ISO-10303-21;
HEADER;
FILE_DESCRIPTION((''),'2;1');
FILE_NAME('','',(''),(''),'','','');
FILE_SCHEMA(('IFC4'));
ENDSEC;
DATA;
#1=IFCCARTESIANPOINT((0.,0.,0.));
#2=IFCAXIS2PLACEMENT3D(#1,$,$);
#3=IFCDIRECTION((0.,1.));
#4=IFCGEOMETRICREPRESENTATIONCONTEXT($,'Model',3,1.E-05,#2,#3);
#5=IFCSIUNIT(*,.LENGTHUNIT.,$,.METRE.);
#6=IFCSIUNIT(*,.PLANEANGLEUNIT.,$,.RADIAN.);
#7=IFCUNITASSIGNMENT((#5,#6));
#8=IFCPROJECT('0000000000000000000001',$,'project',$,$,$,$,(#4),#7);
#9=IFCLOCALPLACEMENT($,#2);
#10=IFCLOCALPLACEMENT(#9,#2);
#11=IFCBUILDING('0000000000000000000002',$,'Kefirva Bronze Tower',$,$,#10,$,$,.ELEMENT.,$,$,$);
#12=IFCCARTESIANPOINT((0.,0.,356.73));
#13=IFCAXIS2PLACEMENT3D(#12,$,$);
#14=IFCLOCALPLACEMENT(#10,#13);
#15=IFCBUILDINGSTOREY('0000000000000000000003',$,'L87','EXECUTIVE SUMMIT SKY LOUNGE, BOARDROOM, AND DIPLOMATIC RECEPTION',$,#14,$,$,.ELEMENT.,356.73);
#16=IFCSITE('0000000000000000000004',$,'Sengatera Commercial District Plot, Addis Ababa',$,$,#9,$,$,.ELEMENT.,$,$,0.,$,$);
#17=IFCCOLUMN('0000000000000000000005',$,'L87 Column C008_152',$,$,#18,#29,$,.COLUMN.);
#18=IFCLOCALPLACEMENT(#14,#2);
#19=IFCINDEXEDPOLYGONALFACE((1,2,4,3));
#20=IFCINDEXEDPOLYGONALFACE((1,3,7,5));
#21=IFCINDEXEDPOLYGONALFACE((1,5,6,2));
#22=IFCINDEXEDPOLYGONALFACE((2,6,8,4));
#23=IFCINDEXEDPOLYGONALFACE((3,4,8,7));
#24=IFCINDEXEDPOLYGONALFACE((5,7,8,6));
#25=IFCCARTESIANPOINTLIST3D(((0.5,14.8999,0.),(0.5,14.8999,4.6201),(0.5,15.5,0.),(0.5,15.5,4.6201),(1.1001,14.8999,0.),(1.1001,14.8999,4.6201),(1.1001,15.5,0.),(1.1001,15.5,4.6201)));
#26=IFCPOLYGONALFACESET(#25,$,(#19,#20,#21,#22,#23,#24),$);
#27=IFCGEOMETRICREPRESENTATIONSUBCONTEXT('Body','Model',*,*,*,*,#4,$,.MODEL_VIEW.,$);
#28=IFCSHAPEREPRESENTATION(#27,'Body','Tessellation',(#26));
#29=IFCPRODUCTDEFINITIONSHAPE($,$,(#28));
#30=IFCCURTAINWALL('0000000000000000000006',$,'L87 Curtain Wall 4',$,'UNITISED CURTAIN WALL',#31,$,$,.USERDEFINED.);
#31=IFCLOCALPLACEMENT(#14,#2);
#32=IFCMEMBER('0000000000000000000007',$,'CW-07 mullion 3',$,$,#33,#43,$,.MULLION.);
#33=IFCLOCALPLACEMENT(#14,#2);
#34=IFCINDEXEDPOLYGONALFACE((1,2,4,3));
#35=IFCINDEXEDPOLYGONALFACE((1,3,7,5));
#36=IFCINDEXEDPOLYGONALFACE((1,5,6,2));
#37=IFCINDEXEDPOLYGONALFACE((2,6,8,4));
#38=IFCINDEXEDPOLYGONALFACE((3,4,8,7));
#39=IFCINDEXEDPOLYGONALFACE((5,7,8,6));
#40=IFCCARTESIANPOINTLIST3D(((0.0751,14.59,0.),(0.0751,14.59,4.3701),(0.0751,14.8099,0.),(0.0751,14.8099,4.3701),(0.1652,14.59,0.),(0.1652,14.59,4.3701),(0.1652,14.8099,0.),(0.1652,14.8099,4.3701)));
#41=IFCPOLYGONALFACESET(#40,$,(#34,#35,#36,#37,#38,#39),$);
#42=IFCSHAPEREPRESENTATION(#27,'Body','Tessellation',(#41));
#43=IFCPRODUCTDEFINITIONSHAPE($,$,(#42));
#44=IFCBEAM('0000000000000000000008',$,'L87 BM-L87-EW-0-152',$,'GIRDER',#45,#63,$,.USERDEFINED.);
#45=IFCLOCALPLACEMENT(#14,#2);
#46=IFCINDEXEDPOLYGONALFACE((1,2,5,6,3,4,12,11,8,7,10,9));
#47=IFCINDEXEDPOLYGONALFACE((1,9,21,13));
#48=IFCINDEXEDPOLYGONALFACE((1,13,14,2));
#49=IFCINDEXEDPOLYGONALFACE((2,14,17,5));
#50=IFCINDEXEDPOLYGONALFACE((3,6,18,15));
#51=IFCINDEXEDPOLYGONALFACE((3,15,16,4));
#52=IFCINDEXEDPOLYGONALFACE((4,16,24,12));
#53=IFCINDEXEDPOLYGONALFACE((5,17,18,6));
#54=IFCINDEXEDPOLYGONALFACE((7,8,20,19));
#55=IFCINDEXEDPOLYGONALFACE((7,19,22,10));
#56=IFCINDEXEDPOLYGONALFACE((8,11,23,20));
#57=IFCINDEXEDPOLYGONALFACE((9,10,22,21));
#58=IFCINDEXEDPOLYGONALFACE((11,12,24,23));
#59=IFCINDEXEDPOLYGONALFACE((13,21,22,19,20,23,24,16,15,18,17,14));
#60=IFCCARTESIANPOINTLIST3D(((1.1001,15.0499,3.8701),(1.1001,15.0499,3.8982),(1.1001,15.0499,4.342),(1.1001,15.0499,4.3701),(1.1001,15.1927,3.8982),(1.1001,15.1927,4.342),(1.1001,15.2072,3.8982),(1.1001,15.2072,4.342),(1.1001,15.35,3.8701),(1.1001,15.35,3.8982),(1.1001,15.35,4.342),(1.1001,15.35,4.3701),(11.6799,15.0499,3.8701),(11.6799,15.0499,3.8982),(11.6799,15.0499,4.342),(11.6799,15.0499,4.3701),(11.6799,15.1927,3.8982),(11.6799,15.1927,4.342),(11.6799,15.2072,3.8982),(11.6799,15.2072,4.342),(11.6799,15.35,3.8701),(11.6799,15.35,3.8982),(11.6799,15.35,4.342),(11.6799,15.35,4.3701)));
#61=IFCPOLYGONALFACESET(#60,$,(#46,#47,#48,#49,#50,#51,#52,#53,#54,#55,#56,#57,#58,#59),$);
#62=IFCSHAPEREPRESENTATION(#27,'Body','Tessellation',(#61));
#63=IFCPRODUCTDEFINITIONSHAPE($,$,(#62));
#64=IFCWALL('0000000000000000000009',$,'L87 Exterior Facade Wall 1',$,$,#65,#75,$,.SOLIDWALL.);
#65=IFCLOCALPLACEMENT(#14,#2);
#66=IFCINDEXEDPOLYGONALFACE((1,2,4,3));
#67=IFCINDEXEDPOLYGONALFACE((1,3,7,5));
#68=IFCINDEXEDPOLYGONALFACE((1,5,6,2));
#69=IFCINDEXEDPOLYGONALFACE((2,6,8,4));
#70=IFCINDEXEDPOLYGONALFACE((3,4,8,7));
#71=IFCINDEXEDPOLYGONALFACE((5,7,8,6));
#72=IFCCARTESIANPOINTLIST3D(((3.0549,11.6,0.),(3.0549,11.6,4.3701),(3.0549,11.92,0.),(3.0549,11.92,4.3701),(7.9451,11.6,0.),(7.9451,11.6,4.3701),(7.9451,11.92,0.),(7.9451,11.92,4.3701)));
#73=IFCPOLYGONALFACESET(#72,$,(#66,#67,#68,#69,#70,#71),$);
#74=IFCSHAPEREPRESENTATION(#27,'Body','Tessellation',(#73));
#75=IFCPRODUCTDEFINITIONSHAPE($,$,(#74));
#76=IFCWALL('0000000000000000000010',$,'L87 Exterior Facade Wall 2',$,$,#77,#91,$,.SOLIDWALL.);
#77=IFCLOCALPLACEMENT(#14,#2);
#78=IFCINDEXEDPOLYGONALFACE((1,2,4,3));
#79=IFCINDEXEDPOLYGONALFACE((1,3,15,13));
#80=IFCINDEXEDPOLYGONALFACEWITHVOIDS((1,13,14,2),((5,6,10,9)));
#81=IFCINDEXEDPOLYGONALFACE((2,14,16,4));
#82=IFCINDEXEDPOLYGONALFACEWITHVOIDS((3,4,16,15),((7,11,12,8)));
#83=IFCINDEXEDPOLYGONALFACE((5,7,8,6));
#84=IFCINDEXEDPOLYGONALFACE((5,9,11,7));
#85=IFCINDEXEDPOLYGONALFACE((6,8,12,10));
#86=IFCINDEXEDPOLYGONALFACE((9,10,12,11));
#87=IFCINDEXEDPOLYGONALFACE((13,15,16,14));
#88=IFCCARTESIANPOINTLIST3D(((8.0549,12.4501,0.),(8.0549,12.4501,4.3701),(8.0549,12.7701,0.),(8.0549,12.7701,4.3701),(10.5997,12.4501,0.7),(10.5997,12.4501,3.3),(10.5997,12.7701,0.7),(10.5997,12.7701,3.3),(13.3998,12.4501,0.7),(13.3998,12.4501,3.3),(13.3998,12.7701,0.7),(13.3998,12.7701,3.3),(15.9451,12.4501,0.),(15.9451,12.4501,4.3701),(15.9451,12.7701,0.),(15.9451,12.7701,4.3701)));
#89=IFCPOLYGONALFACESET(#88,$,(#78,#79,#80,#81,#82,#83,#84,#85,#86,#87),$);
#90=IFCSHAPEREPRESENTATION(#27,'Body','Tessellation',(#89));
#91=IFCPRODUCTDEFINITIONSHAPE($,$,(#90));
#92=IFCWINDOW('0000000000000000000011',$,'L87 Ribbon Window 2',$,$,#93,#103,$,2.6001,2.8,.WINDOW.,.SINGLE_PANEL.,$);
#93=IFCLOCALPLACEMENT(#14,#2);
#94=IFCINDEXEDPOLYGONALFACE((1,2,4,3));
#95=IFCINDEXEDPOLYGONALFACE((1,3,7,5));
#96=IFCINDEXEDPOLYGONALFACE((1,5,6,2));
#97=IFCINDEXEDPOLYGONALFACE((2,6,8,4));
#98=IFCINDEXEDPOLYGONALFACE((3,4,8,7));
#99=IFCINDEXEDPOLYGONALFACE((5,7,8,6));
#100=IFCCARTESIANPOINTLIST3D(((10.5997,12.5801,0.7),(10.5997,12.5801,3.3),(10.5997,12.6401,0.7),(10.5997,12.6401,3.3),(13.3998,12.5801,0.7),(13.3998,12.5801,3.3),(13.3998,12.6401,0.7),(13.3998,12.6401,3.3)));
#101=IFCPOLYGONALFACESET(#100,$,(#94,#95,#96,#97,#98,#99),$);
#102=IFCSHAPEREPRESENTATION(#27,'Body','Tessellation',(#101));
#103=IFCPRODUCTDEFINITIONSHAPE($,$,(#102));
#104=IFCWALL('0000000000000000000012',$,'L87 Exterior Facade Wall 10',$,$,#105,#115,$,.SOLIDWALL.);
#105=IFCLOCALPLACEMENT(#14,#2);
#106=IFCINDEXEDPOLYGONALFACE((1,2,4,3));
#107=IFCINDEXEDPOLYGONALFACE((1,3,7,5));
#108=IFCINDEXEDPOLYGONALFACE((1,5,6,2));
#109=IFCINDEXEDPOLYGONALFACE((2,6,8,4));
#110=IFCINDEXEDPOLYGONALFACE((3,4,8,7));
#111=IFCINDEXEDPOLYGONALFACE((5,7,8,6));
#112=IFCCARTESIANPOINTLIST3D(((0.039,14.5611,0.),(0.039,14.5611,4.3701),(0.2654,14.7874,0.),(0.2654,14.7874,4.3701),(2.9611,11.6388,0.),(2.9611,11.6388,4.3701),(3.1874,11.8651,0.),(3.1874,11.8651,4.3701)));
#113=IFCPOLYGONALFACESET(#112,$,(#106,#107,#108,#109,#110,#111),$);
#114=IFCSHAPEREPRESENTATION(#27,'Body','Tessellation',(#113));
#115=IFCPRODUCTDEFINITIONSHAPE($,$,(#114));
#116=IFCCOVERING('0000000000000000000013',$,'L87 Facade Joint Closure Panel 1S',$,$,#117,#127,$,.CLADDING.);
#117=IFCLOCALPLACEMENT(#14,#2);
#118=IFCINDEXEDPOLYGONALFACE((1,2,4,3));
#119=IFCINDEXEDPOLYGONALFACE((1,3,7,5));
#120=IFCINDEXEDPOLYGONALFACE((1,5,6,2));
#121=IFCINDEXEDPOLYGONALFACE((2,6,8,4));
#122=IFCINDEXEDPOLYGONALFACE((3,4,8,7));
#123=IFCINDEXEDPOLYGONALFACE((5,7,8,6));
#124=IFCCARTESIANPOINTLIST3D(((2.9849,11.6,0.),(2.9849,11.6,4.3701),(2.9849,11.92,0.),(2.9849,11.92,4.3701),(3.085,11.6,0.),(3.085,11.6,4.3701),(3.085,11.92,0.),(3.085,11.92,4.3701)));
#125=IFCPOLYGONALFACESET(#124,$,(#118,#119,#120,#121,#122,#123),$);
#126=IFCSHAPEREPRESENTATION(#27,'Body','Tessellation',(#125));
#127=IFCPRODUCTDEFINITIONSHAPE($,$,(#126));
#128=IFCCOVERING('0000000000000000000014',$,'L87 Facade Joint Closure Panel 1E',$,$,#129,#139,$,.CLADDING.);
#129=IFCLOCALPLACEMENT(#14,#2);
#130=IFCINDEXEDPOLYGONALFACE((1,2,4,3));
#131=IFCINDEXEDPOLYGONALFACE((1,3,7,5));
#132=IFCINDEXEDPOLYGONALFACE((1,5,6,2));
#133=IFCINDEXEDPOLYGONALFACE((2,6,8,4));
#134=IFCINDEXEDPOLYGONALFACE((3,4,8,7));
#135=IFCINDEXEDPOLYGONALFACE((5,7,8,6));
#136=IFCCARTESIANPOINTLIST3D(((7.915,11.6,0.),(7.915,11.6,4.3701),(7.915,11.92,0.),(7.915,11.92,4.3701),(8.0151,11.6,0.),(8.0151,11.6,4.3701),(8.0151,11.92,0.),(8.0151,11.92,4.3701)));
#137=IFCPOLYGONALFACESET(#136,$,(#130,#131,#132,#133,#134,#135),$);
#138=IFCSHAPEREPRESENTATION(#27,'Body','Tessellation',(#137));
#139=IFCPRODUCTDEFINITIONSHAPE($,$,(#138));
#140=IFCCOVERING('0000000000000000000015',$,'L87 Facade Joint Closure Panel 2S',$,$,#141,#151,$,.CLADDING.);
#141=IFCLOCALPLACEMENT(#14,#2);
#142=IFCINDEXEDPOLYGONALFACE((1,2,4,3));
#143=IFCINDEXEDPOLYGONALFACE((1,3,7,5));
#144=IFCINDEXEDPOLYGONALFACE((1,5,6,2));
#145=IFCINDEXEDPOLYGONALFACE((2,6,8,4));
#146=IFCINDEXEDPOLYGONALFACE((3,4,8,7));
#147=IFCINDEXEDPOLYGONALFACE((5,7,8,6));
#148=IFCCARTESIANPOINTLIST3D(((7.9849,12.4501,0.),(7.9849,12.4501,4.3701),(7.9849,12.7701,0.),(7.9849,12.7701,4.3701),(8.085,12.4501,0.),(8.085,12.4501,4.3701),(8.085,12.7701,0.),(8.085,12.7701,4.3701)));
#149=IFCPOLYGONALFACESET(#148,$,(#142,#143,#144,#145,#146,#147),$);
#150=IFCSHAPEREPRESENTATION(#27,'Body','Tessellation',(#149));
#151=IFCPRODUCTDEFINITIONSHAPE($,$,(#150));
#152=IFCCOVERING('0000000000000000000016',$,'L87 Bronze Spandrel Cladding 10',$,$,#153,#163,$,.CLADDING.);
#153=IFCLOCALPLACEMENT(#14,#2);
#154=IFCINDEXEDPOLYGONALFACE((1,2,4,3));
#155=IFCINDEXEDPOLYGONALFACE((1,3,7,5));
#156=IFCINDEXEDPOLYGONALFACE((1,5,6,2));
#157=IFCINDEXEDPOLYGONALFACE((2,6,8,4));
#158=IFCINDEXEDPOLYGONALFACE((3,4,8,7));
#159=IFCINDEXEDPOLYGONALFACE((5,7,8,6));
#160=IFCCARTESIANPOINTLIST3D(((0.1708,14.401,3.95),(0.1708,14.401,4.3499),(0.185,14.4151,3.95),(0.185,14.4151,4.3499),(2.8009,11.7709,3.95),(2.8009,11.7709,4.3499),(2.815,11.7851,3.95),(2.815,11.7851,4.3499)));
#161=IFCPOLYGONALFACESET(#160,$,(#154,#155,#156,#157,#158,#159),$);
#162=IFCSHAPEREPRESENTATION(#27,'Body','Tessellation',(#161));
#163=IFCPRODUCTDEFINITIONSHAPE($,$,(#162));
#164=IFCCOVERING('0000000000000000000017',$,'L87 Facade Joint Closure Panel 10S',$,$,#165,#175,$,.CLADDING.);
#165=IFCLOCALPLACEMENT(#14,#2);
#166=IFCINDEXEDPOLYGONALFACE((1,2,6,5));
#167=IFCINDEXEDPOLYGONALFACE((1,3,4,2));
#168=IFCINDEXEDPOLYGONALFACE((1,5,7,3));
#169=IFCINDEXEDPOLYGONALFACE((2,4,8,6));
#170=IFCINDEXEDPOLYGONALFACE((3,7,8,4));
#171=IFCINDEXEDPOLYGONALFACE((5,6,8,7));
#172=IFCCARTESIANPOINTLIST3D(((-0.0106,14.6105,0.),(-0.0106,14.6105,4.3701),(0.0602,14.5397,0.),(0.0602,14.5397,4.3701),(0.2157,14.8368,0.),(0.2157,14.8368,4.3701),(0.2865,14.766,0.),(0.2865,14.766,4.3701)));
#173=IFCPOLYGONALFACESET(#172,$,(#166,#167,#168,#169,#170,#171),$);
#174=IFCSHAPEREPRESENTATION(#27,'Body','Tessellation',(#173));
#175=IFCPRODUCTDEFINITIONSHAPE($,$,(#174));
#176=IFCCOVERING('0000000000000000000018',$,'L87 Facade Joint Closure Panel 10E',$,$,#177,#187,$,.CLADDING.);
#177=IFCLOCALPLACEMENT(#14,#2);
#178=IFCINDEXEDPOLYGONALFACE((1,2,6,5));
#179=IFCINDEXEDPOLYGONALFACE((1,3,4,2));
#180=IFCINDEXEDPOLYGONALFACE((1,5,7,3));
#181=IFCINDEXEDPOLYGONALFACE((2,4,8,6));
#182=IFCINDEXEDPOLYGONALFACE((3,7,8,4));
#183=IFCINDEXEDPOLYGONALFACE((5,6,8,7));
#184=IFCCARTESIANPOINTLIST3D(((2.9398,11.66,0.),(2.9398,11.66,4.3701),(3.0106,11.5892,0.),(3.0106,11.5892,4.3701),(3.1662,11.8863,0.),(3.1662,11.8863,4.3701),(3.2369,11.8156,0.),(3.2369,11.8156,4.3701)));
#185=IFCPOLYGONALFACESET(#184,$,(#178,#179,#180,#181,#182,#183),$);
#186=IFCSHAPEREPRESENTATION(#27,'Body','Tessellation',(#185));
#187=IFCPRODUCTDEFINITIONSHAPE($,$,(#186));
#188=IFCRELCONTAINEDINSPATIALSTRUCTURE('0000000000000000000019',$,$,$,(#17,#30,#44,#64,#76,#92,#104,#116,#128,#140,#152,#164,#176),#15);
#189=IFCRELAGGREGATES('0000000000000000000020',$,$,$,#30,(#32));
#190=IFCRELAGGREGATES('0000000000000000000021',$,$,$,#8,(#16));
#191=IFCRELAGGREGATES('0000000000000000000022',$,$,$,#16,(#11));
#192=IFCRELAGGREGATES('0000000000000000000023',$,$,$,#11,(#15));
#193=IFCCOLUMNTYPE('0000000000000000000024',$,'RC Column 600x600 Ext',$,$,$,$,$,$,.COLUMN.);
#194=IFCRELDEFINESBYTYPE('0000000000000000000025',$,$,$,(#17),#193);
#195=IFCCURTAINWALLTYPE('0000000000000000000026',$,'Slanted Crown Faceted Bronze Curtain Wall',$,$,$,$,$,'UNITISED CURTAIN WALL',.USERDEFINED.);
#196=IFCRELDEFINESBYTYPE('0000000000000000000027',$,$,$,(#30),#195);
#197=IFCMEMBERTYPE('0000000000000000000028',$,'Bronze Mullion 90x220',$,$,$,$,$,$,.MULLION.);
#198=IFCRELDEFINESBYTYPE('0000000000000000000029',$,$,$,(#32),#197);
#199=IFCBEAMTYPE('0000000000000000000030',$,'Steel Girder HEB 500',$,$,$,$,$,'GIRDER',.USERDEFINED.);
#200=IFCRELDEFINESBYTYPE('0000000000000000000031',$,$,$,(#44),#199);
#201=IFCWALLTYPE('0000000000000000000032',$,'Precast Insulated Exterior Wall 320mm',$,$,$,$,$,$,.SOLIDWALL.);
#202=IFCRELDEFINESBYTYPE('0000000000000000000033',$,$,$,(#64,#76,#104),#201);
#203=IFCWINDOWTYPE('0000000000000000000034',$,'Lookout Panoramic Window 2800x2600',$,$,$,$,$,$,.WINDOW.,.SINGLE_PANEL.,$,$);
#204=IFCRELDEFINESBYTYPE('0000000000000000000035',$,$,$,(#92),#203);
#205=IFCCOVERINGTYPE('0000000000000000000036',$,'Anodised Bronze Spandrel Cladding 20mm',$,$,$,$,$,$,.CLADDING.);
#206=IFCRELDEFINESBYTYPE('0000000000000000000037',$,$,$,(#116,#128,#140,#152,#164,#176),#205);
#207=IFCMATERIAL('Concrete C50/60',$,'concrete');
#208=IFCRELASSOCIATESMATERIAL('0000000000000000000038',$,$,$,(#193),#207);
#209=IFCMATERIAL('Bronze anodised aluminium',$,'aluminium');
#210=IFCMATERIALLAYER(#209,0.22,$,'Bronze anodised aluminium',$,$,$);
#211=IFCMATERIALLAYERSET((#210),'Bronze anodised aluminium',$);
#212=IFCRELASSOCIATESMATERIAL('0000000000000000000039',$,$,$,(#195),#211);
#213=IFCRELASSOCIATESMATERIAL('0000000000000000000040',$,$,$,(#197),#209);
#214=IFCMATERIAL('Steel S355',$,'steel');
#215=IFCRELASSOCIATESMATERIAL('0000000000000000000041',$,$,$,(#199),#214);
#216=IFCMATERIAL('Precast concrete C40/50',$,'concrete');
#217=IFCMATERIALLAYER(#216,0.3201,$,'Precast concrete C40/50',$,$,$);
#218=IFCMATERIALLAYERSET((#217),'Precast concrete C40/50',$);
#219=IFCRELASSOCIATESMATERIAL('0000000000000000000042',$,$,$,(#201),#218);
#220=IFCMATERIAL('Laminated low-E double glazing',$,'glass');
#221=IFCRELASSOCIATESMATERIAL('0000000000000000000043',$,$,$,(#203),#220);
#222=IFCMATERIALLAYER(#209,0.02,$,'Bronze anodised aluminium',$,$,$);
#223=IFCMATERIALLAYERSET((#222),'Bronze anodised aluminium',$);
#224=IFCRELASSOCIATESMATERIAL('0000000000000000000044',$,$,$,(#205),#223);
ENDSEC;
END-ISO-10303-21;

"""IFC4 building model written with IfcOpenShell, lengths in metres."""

from ifc_helpers import new_model, si_unit, direction, frame, frame_2d, origin, origin_2d, place, context, subcontext, project, spatial, rectangle, i_section, extrude, material, layer, layer_set, material_profile, profile_set, type_object, element, fill, aggregate, save


model = new_model("IFC4")

# Units and contexts
model_context = context("Model", 3, precision=1e-05, world=origin(), true_north=direction((0.0, 1.0)))
body_context = subcontext(model_context, "Body", "Model", "MODEL_VIEW")
ifc_project = project(units=[si_unit("LENGTHUNIT", "METRE"), si_unit("PLANEANGLEUNIT", "RADIAN")], contexts=[model_context])

# Site, building, storey
site_placement = place(None, origin())
site = spatial("IfcSite", under=ifc_project, at=site_placement, Name="Sengatera Commercial District Plot, Addis Ababa", CompositionType="ELEMENT", RefElevation=0.0)
building_placement = place(site_placement, origin())
building = spatial("IfcBuilding", under=site, at=building_placement, Name="Kefirva Bronze Tower", CompositionType="ELEMENT")
storey_placement = place(building_placement, frame((0.0, 0.0, 356.73)))
storey = spatial("IfcBuildingStorey", under=building, at=storey_placement, Name="L87", Description="EXECUTIVE SUMMIT SKY LOUNGE, BOARDROOM, AND DIPLOMATIC RECEPTION", CompositionType="ELEMENT", Elevation=356.73)

# Column
ifc_material_1 = material(Name="Concrete C50/60", Category="concrete")
ifc_material_profile_1 = material_profile(ifc_material_1, rectangle(XDim=0.6001, YDim=0.6001, at=origin_2d()), Name="RC 600x600")
ifc_profile_set_1 = profile_set([ifc_material_profile_1], Name="Concrete C50/60")
column_type = type_object("IfcColumnType", Name="RC Column 600x600 Ext", PredefinedType="COLUMN", material=ifc_profile_set_1)
column_placement = place(storey_placement, frame((0.8, 15.2, 0.0), z_axis=(0.0, 0.0, 1.0), x_axis=(1.0, 0.0, 0.0)))
element("IfcColumn", 1, at=column_placement, inside=storey, type_object=column_type, Name="L87 Column C008_152", PredefinedType="COLUMN", context=body_context, shape_type="SweptSolid", body=[
    extrude(rectangle(XDim=0.6001, YDim=0.6001, at=origin_2d()), origin(), (0.0, 0.0, 1.0), 4.6201),
])

# Curtain wall, member
ifc_material_2 = material(Name="Bronze anodised aluminium", Category="aluminium")
ifc_layer_1 = layer(ifc_material_2, 0.22, Name="Bronze anodised aluminium")
ifc_layer_set_1 = layer_set([ifc_layer_1], Name="Bronze anodised aluminium")
curtain_wall_type = type_object("IfcCurtainWallType", Name="Slanted Crown Faceted Bronze Curtain Wall", ElementType="UNITISED CURTAIN WALL", PredefinedType="USERDEFINED", material=ifc_layer_set_1)
curtain_wall_placement = place(storey_placement, origin())
curtain_wall = element("IfcCurtainWall", 2, at=curtain_wall_placement, inside=storey, type_object=curtain_wall_type, Name="L87 Curtain Wall 4", ObjectType="UNITISED CURTAIN WALL", PredefinedType="USERDEFINED")
ifc_material_profile_2 = material_profile(ifc_material_2, rectangle(XDim=0.0901, YDim=0.22, at=origin_2d()), Name="ALU 90x220")
ifc_profile_set_2 = profile_set([ifc_material_profile_2], Name="Bronze anodised aluminium")
member_type = type_object("IfcMemberType", Name="Bronze Mullion 90x220", PredefinedType="MULLION", material=ifc_profile_set_2)
member_placement = place(storey_placement, frame((0.1201, 14.7, 0.0), z_axis=(0.0, 0.0, 1.0), x_axis=(1.0, 0.0, 0.0)))
member = element("IfcMember", 3, at=member_placement, type_object=member_type, Name="CW-07 mullion 3", PredefinedType="MULLION", context=body_context, shape_type="SweptSolid", body=[
    extrude(rectangle(XDim=0.0901, YDim=0.22, at=origin_2d()), origin(), (0.0, 0.0, 1.0), 4.3701),
])
aggregate(curtain_wall, [member])

# Beam
ifc_material_3 = material(Name="Steel S355", Category="steel")
ifc_material_profile_3 = material_profile(ifc_material_3, i_section(OverallWidth=0.3, OverallDepth=0.5, WebThickness=0.0144, FlangeThickness=0.0281, at=origin_2d()), Name="HEB 500")
ifc_profile_set_3 = profile_set([ifc_material_profile_3], Name="Steel S355")
beam_type = type_object("IfcBeamType", Name="Steel Girder HEB 500", ElementType="GIRDER", PredefinedType="USERDEFINED", material=ifc_profile_set_3)
beam_placement = place(storey_placement, frame((1.1001, 15.2, 4.1201), z_axis=(1.0, 0.0, 0.0), x_axis=(0.0, 1.0, 0.0)))
element("IfcBeam", 4, at=beam_placement, inside=storey, type_object=beam_type, Name="L87 BM-L87-EW-0-152", ObjectType="GIRDER", PredefinedType="USERDEFINED", context=body_context, shape_type="SweptSolid", body=[
    extrude(i_section(OverallWidth=0.3, OverallDepth=0.5, WebThickness=0.0144, FlangeThickness=0.0281, at=origin_2d()), origin(), (0.0, 0.0, 1.0), 10.5798),
])

# Wall
ifc_material_4 = material(Name="Precast concrete C40/50", Category="concrete")
ifc_layer_2 = layer(ifc_material_4, 0.3201, Name="Precast concrete C40/50")
ifc_layer_set_2 = layer_set([ifc_layer_2], Name="Precast concrete C40/50")
wall_type = type_object("IfcWallType", Name="Precast Insulated Exterior Wall 320mm", PredefinedType="SOLIDWALL", material=ifc_layer_set_2)
wall_1_placement = place(storey_placement, frame((3.0549, 11.76, 0.0), z_axis=(0.0, 0.0, 1.0), x_axis=(1.0, 0.0, 0.0)))
element("IfcWall", 5, at=wall_1_placement, inside=storey, type_object=wall_type, Name="L87 Exterior Facade Wall 1", PredefinedType="SOLIDWALL", context=body_context, shape_type="SweptSolid", body=[
    extrude(rectangle(XDim=4.8901, YDim=0.3201, at=frame_2d((2.4451, 0.0))), origin(), (0.0, 0.0, 1.0), 4.3701),
])

# Wall, opening, window
wall_2_placement = place(storey_placement, frame((8.0549, 12.6101, 0.0), z_axis=(0.0, 0.0, 1.0), x_axis=(1.0, 0.0, 0.0)))
wall_2 = element("IfcWall", 6, at=wall_2_placement, inside=storey, type_object=wall_type, Name="L87 Exterior Facade Wall 2", PredefinedType="SOLIDWALL", context=body_context, shape_type="SweptSolid", body=[
    extrude(rectangle(XDim=7.8901, YDim=0.3201, at=frame_2d((3.9451, 0.0))), origin(), (0.0, 0.0, 1.0), 4.3701),
])
opening_placement = place(wall_2_placement, frame((2.5449, 0.0, 0.7)))
opening = element("IfcOpeningElement", 7, at=opening_placement, cuts=wall_2, PredefinedType="OPENING", context=body_context, shape_type="SweptSolid", body=[
    extrude(rectangle(XDim=2.8, YDim=2.6001, at=frame_2d((1.3999, 1.3))), frame((0.0, 0.1699, 0.0), z_axis=(0.0, -1.0, 0.0), x_axis=(1.0, 0.0, 0.0)), (0.0, 0.0, 1.0), 0.3401),
])
ifc_material_5 = material(Name="Laminated low-E double glazing", Category="glass")
window_type = type_object("IfcWindowType", Name="Lookout Panoramic Window 2800x2600", PartitioningType="SINGLE_PANEL", PredefinedType="WINDOW", material=ifc_material_5)
window_placement = place(opening_placement, origin())
window = element("IfcWindow", 8, at=window_placement, inside=storey, type_object=window_type, Name="L87 Ribbon Window 2", OverallHeight=2.6001, OverallWidth=2.8, PartitioningType="SINGLE_PANEL", PredefinedType="WINDOW", context=body_context, shape_type="SweptSolid", body=[
    extrude(rectangle(XDim=2.8, YDim=2.6001, at=frame_2d((1.3999, 1.3))), frame((0.0, 0.03, 0.0), z_axis=(0.0, -1.0, 0.0), x_axis=(1.0, 0.0, 0.0)), (0.0, 0.0, 1.0), 0.0601),
])
fill(opening, window)

# Wall
wall_3_placement = place(storey_placement, frame((0.1521, 14.6743, 0.0), z_axis=(0.0, 0.0, 1.0), x_axis=(0.707077, -0.707136, 0.0)))
element("IfcWall", 9, at=wall_3_placement, inside=storey, type_object=wall_type, Name="L87 Exterior Facade Wall 10", PredefinedType="SOLIDWALL", context=body_context, shape_type="SweptSolid", body=[
    extrude(rectangle(XDim=4.1326, YDim=0.3201, at=frame_2d((2.0664, 0.0))), origin(), (0.0, 0.0, 1.0), 4.3701),
])

# Coverings
ifc_layer_3 = layer(ifc_material_2, 0.02, Name="Bronze anodised aluminium")
ifc_layer_set_3 = layer_set([ifc_layer_3], Name="Bronze anodised aluminium")
covering_type_1 = type_object("IfcCoveringType", Name="Anodised Bronze Spandrel Cladding 20mm", PredefinedType="CLADDING", material=ifc_layer_set_3)
for number, where, z_axis, x_axis, name in (
    (10, (3.0349, 11.76, 0.0), (0.0, 0.0, 1.0), (1.0, 0.0, 0.0), "L87 Facade Joint Closure Panel 1S"),
    (11, (7.9651, 11.76, 0.0), (0.0, 0.0, 1.0), (1.0, 0.0, 0.0), "L87 Facade Joint Closure Panel 1E"),
    (12, (8.0349, 12.6101, 0.0), (0.0, 0.0, 1.0), (1.0, 0.0, 0.0), "L87 Facade Joint Closure Panel 2S"),
):
    element("IfcCovering", number, at=place(storey_placement, frame(where, z_axis=z_axis, x_axis=x_axis)), inside=storey, type_object=covering_type_1, Name=name, PredefinedType="CLADDING", context=body_context, shape_type="SweptSolid", body=[
        extrude(rectangle(XDim=0.1001, YDim=0.3201, at=origin_2d()), origin(), (0.0, 0.0, 1.0), 4.3701),
    ])
covering_1_placement = place(storey_placement, frame((1.4929, 13.093, 3.95), z_axis=(0.0, 0.0, 1.0), x_axis=(0.707107, -0.707107, 0.0)))
element("IfcCovering", 13, at=covering_1_placement, inside=storey, type_object=covering_type_1, Name="L87 Bronze Spandrel Cladding 10", PredefinedType="CLADDING", context=body_context, shape_type="SweptSolid", body=[
    extrude(rectangle(XDim=3.7195, YDim=0.02, at=origin_2d()), origin(), (0.0, 0.0, 1.0), 0.3999),
])
for number, where, z_axis, x_axis, name in (
    (14, (0.1379, 14.6882, 0.0), (0.0, 0.0, 1.0), (0.707107, -0.707107, 0.0), "L87 Facade Joint Closure Panel 10S"),
    (15, (3.0884, 11.7378, 0.0), (0.0, 0.0, 1.0), (0.707107, -0.707107, 0.0), "L87 Facade Joint Closure Panel 10E"),
):
    element("IfcCovering", number, at=place(storey_placement, frame(where, z_axis=z_axis, x_axis=x_axis)), inside=storey, type_object=covering_type_1, Name=name, PredefinedType="CLADDING", context=body_context, shape_type="SweptSolid", body=[
        extrude(rectangle(XDim=0.1001, YDim=0.3201, at=origin_2d()), origin(), (0.0, 0.0, 1.0), 4.3701),
    ])

save(model, "model.ifc")
